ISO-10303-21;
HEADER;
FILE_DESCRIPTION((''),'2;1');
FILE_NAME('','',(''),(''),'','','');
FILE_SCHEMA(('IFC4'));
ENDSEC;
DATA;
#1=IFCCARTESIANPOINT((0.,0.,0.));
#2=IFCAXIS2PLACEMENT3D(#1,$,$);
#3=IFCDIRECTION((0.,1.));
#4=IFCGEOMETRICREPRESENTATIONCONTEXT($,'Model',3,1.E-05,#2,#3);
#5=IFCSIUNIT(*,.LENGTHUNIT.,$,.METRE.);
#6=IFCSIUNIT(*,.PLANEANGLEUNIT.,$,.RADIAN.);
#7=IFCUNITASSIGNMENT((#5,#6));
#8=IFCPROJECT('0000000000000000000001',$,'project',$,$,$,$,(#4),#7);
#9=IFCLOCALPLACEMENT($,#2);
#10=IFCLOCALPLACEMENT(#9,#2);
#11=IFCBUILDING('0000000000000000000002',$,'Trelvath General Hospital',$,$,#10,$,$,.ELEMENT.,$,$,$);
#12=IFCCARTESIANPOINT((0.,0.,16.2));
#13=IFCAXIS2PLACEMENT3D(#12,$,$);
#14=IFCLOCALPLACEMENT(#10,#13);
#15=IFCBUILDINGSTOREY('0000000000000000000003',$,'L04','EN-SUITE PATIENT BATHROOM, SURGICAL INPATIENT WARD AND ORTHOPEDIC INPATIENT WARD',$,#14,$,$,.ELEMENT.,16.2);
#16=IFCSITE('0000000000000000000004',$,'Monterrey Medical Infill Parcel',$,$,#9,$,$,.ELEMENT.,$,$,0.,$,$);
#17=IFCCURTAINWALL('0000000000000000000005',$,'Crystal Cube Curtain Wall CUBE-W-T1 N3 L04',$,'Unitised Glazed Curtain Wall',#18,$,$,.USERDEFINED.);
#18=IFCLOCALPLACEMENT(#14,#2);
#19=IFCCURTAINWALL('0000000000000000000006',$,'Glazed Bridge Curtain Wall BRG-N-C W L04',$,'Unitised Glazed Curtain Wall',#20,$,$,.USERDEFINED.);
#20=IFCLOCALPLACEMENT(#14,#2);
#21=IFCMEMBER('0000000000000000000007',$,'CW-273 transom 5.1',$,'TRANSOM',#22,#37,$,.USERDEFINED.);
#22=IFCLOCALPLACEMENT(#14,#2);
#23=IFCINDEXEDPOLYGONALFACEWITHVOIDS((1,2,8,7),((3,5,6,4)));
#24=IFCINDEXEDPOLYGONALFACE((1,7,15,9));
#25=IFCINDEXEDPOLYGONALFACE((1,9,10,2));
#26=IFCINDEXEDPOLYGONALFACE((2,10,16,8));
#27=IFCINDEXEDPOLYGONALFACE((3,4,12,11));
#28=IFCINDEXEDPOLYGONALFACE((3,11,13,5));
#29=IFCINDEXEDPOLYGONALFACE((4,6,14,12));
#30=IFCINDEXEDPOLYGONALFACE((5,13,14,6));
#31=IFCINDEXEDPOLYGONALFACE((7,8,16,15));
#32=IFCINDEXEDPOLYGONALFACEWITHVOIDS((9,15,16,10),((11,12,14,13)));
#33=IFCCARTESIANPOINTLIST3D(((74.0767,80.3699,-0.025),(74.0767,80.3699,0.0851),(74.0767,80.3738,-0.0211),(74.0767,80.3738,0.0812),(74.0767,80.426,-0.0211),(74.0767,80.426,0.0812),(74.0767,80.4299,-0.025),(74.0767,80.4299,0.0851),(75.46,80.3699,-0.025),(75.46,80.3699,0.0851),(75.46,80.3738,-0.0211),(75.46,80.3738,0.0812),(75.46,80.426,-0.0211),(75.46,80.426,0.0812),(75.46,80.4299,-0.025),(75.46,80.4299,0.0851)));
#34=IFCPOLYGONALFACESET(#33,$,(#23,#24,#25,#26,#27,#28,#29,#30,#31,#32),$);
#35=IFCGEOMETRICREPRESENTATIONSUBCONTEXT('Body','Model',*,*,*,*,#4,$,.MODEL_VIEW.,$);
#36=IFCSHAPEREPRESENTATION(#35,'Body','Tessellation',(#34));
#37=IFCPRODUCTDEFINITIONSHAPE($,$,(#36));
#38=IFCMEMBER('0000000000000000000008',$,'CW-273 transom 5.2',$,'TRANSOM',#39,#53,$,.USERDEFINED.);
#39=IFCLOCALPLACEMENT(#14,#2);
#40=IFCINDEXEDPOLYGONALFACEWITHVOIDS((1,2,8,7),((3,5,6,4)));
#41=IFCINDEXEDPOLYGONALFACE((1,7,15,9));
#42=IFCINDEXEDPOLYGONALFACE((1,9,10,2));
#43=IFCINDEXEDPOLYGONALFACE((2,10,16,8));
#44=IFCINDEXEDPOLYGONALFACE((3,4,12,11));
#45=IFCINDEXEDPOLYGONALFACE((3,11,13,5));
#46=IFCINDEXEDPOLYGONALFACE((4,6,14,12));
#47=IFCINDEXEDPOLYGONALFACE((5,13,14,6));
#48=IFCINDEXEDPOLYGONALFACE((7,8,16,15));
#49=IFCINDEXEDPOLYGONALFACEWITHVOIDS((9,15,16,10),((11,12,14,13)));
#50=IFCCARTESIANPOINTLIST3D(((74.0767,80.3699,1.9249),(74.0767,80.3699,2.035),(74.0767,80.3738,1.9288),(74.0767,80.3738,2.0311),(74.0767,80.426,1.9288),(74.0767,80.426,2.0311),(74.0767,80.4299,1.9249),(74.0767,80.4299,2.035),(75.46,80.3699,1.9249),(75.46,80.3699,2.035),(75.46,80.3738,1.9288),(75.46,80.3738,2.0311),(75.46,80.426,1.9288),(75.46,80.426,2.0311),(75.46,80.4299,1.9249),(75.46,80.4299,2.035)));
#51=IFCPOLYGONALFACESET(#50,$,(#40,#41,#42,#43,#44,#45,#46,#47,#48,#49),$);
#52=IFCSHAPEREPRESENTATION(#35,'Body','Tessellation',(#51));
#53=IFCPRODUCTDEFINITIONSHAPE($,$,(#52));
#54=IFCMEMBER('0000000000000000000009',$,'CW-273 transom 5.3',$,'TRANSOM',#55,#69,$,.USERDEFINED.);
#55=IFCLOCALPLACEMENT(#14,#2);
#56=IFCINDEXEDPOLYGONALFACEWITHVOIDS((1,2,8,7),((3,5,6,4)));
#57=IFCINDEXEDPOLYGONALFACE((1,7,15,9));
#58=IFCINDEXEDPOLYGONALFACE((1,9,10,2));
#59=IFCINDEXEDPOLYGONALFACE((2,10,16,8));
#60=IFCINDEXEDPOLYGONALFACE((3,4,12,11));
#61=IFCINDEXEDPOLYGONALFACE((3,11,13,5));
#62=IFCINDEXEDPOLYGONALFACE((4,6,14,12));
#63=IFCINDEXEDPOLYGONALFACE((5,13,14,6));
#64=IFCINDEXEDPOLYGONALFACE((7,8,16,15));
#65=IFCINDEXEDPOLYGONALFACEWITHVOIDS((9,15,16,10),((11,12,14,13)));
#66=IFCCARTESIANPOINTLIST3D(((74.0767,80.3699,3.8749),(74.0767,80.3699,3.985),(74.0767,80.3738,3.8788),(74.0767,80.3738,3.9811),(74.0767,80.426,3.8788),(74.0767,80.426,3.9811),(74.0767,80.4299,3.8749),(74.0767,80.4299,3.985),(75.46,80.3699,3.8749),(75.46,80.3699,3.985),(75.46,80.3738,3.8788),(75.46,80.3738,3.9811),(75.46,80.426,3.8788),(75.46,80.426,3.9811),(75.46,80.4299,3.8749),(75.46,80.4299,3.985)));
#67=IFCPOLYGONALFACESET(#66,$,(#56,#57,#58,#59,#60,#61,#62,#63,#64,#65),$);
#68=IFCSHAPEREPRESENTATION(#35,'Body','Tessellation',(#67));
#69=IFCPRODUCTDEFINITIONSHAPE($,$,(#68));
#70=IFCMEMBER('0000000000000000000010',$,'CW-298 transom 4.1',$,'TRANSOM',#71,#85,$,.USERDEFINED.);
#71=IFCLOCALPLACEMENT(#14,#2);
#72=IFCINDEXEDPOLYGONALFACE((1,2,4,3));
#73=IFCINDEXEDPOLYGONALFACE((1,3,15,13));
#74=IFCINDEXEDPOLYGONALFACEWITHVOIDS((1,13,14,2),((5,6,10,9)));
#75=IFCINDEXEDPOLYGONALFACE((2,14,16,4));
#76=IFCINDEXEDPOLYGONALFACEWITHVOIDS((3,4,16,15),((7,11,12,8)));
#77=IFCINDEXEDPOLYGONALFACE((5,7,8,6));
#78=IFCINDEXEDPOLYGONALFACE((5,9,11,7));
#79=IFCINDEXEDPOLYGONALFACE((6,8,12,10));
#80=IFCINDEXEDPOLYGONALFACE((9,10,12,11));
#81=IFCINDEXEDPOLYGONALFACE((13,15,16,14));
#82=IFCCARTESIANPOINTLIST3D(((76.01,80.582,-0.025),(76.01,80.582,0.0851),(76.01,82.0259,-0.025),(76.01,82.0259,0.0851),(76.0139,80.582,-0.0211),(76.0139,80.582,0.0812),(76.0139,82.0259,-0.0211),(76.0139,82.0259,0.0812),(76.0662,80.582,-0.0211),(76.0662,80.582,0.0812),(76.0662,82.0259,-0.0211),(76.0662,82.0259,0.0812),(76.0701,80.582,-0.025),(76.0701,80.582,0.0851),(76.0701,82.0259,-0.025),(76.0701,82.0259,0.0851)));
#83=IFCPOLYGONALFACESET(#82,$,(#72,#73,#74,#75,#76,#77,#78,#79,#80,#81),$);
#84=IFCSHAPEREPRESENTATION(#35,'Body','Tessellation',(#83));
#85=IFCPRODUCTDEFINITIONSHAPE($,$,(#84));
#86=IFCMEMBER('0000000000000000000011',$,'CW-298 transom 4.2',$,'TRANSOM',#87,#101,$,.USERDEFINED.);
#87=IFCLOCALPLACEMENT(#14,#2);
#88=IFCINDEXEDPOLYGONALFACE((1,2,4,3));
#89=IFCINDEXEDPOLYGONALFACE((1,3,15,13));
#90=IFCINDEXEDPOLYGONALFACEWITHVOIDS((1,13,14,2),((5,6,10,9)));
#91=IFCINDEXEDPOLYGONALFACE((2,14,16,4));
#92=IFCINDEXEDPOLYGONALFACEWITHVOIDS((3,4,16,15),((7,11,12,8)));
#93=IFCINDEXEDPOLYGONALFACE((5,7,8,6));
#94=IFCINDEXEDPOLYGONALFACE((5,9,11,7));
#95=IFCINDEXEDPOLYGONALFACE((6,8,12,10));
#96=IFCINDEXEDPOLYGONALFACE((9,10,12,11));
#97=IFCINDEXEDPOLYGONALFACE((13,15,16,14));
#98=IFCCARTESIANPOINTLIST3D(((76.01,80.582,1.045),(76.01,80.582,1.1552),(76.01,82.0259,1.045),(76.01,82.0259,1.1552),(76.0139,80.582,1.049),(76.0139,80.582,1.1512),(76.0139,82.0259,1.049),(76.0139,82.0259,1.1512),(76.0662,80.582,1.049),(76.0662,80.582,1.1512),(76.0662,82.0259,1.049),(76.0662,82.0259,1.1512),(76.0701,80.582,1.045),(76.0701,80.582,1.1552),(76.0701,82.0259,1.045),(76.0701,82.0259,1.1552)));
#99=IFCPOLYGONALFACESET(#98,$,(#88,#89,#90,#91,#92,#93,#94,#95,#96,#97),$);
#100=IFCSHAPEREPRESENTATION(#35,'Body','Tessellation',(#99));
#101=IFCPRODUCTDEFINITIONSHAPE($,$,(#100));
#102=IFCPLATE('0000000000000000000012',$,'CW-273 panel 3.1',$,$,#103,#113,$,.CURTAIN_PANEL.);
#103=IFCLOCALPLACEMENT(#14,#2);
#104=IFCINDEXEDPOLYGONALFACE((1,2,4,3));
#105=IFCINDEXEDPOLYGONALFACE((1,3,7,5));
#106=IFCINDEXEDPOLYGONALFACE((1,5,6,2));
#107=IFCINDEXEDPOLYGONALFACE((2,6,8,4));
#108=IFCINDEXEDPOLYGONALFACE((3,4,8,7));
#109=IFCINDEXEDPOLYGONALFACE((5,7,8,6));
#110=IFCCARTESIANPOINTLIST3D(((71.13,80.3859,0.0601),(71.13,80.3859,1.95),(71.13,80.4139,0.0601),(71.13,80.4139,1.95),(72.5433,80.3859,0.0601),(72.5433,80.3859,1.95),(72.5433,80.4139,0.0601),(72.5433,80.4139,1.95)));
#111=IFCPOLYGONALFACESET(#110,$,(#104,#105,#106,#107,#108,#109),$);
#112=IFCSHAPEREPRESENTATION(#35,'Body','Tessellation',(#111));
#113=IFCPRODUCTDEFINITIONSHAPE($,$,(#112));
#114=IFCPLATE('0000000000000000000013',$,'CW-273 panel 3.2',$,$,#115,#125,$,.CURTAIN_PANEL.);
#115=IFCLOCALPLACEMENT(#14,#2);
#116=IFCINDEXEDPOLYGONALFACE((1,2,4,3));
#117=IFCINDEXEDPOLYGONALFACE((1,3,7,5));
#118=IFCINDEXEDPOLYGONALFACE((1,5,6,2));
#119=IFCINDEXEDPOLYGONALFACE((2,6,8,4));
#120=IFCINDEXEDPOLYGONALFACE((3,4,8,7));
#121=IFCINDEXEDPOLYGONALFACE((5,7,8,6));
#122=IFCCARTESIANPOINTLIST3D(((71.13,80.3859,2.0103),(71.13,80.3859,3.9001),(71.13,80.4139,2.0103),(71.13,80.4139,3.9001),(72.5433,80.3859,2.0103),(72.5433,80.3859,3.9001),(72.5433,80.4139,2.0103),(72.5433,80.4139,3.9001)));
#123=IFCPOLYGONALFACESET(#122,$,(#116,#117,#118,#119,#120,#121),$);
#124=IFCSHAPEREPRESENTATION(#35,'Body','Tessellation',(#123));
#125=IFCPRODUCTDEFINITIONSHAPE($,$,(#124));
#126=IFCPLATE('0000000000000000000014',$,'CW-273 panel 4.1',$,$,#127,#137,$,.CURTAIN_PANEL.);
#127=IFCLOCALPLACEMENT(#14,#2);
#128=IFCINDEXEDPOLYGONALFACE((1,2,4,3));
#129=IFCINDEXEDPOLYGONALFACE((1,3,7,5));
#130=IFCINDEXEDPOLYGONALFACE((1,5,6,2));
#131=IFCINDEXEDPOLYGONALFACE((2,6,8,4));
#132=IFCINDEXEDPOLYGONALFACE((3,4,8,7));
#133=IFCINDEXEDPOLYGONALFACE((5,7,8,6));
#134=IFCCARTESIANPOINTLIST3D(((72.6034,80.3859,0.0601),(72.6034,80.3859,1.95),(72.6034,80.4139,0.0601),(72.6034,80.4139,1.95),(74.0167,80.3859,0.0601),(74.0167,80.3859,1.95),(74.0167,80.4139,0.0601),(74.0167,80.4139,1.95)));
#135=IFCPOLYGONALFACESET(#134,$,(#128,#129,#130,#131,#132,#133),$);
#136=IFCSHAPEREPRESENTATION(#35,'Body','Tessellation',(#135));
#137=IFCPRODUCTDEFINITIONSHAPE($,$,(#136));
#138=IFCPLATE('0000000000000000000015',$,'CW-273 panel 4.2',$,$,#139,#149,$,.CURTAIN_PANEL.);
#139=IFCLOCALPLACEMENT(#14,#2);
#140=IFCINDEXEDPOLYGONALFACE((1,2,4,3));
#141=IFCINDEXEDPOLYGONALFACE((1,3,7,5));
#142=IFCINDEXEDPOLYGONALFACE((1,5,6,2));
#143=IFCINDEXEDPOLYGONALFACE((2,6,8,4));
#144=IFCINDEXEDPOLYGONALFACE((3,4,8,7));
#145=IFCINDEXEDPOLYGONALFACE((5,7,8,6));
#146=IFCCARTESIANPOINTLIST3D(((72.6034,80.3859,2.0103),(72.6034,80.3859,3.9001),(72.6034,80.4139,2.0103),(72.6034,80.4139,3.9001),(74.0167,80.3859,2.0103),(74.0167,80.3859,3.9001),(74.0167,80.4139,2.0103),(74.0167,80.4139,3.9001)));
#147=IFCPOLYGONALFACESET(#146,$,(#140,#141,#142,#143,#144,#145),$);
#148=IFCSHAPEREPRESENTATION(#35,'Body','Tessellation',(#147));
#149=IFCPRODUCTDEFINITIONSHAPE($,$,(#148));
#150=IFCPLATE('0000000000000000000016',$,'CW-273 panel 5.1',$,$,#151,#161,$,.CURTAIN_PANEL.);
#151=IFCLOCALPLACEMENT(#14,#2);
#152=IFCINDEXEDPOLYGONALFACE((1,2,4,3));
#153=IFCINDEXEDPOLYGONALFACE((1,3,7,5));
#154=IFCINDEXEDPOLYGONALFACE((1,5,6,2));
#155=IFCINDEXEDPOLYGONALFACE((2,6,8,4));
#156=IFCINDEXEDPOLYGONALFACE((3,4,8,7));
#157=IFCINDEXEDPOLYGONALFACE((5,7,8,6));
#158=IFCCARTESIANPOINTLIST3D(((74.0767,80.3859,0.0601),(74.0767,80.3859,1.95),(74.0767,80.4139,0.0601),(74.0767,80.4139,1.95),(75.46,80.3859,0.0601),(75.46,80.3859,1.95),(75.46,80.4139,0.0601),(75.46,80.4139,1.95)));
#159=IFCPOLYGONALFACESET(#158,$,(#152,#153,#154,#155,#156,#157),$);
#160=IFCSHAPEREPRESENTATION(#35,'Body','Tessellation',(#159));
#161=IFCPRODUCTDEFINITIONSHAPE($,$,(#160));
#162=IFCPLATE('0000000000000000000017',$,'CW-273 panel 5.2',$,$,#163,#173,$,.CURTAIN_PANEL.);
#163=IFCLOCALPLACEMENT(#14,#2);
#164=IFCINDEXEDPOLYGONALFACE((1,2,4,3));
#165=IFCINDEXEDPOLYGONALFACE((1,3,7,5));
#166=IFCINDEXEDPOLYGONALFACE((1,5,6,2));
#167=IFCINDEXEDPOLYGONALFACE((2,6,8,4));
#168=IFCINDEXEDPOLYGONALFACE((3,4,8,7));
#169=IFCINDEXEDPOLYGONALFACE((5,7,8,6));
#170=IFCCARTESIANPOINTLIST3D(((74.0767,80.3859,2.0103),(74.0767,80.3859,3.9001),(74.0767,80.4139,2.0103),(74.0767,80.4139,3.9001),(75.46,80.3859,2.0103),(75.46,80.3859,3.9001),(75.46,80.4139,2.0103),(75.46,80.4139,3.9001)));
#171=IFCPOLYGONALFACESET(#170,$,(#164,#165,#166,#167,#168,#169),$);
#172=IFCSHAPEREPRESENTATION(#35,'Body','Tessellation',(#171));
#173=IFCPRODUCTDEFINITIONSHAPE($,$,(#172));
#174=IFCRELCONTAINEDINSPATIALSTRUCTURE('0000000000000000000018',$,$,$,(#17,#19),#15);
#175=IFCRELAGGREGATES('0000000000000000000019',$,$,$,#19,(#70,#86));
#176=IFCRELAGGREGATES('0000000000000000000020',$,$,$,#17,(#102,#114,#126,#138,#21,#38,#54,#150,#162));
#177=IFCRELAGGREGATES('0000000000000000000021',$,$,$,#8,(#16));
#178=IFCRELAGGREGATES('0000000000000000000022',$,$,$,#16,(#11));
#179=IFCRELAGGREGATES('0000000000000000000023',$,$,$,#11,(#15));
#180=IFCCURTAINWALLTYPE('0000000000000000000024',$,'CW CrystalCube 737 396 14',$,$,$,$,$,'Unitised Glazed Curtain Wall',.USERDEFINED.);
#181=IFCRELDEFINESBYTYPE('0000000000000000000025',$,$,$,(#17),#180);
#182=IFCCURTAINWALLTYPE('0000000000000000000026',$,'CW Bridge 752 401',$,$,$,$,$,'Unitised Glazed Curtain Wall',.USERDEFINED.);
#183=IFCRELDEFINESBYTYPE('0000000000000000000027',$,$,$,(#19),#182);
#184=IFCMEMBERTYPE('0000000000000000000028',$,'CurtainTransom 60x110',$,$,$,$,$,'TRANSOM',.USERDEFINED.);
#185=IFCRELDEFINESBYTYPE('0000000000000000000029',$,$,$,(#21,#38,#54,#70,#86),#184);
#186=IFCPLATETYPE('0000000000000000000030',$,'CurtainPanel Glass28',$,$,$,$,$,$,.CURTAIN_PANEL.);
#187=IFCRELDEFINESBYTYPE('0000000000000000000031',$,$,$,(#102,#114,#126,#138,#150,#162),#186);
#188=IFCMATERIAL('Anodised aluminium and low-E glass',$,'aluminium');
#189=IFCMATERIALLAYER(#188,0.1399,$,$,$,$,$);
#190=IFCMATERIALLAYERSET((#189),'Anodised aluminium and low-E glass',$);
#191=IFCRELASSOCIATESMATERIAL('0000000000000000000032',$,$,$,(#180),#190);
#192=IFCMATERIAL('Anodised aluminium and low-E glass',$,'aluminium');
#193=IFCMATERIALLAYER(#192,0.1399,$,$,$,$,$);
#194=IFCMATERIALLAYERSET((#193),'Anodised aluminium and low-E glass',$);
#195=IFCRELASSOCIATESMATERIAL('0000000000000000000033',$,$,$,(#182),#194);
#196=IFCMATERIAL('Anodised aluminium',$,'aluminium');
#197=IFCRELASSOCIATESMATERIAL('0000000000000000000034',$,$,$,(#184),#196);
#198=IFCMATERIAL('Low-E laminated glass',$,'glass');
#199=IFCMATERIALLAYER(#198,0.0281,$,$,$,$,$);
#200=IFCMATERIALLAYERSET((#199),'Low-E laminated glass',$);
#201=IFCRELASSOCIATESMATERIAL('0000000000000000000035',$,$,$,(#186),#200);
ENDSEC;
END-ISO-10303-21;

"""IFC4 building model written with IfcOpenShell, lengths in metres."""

from ifc_helpers import new_model, si_unit, direction, frame, origin, origin_2d, place, context, subcontext, project, spatial, rectangle, hollow_rectangle, extrude, material, layer, layer_set, material_profile, profile_set, type_object, element, aggregate, save


model = new_model("IFC4")

# Units and contexts
model_context = context("Model", 3, precision=1e-05, world=origin(), true_north=direction((0.0, 1.0)))
body_context = subcontext(model_context, "Body", "Model", "MODEL_VIEW")
ifc_project = project(units=[si_unit("LENGTHUNIT", "METRE"), si_unit("PLANEANGLEUNIT", "RADIAN")], contexts=[model_context])

# Site, building, storey
site_placement = place(None, origin())
site = spatial("IfcSite", under=ifc_project, at=site_placement, Name="Monterrey Medical Infill Parcel", CompositionType="ELEMENT", RefElevation=0.0)
building_placement = place(site_placement, origin())
building = spatial("IfcBuilding", under=site, at=building_placement, Name="Trelvath General Hospital", CompositionType="ELEMENT")
storey_placement = place(building_placement, frame((0.0, 0.0, 16.2)))
storey = spatial("IfcBuildingStorey", under=building, at=storey_placement, Name="L04", Description="EN-SUITE PATIENT BATHROOM, SURGICAL INPATIENT WARD AND ORTHOPEDIC INPATIENT WARD", CompositionType="ELEMENT", Elevation=16.2)

# Curtain wall
ifc_material_1 = material(Name="Anodised aluminium and low-E glass", Category="aluminium")
ifc_layer_1 = layer(ifc_material_1, 0.1399)
ifc_layer_set_1 = layer_set([ifc_layer_1], Name="Anodised aluminium and low-E glass")
curtain_wall_type_1 = type_object("IfcCurtainWallType", Name="CW CrystalCube 737 396 14", ElementType="Unitised Glazed Curtain Wall", PredefinedType="USERDEFINED", material=ifc_layer_set_1)
curtain_wall_1_placement = place(storey_placement, origin())
curtain_wall_1 = element("IfcCurtainWall", 1, at=curtain_wall_1_placement, inside=storey, type_object=curtain_wall_type_1, Name="Crystal Cube Curtain Wall CUBE-W-T1 N3 L04", ObjectType="Unitised Glazed Curtain Wall", PredefinedType="USERDEFINED")

# Curtain wall
ifc_material_2 = material(Name="Anodised aluminium and low-E glass", Category="aluminium")
ifc_layer_2 = layer(ifc_material_2, 0.1399)
ifc_layer_set_2 = layer_set([ifc_layer_2], Name="Anodised aluminium and low-E glass")
curtain_wall_type_2 = type_object("IfcCurtainWallType", Name="CW Bridge 752 401", ElementType="Unitised Glazed Curtain Wall", PredefinedType="USERDEFINED", material=ifc_layer_set_2)
curtain_wall_2_placement = place(storey_placement, origin())
curtain_wall_2 = element("IfcCurtainWall", 2, at=curtain_wall_2_placement, inside=storey, type_object=curtain_wall_type_2, Name="Glazed Bridge Curtain Wall BRG-N-C W L04", ObjectType="Unitised Glazed Curtain Wall", PredefinedType="USERDEFINED")

# Members
ifc_material_3 = material(Name="Anodised aluminium", Category="aluminium")
ifc_material_profile_1 = material_profile(ifc_material_3, hollow_rectangle(XDim=0.0601, YDim=0.1101, WallThickness=0.0039, at=origin_2d()), Name="RHS60x110x4")
ifc_profile_set_1 = profile_set([ifc_material_profile_1], Name="Anodised aluminium")
member_type_1 = type_object("IfcMemberType", Name="CurtainTransom 60x110", ElementType="TRANSOM", PredefinedType="USERDEFINED", material=ifc_profile_set_1)
member_1_placement = place(storey_placement, frame((74.0767, 80.3999, 0.03), z_axis=(1.0, 0.0, 0.0), x_axis=(0.0, 1.0, 0.0)))
member_1 = element("IfcMember", 3, at=member_1_placement, type_object=member_type_1, Name="CW-273 transom 5.1", ObjectType="TRANSOM", PredefinedType="USERDEFINED", context=body_context, shape_type="SweptSolid", body=[
    extrude(hollow_rectangle(XDim=0.0601, YDim=0.1101, WallThickness=0.0039, at=origin_2d()), origin(), (0.0, 0.0, 1.0), 1.3833),
])
member_2_placement = place(storey_placement, frame((74.0767, 80.3999, 1.98), z_axis=(1.0, 0.0, 0.0), x_axis=(0.0, 1.0, 0.0)))
member_2 = element("IfcMember", 4, at=member_2_placement, type_object=member_type_1, Name="CW-273 transom 5.2", ObjectType="TRANSOM", PredefinedType="USERDEFINED", context=body_context, shape_type="SweptSolid", body=[
    extrude(hollow_rectangle(XDim=0.0601, YDim=0.1101, WallThickness=0.0039, at=origin_2d()), origin(), (0.0, 0.0, 1.0), 1.3833),
])
member_3_placement = place(storey_placement, frame((74.0767, 80.3999, 3.9299), z_axis=(1.0, 0.0, 0.0), x_axis=(0.0, 1.0, 0.0)))
member_3 = element("IfcMember", 5, at=member_3_placement, type_object=member_type_1, Name="CW-273 transom 5.3", ObjectType="TRANSOM", PredefinedType="USERDEFINED", context=body_context, shape_type="SweptSolid", body=[
    extrude(hollow_rectangle(XDim=0.0601, YDim=0.1101, WallThickness=0.0039, at=origin_2d()), origin(), (0.0, 0.0, 1.0), 1.3833),
])
member_4_placement = place(storey_placement, frame((76.04, 80.582, 0.03), z_axis=(0.0, 1.0, 0.0), x_axis=(-1.0, 0.0, 0.0)))
member_4 = element("IfcMember", 6, at=member_4_placement, type_object=member_type_1, Name="CW-298 transom 4.1", ObjectType="TRANSOM", PredefinedType="USERDEFINED", context=body_context, shape_type="SweptSolid", body=[
    extrude(hollow_rectangle(XDim=0.0601, YDim=0.1101, WallThickness=0.0039, at=origin_2d()), origin(), (0.0, 0.0, 1.0), 1.4438),
])
member_5_placement = place(storey_placement, frame((76.04, 80.582, 1.1001), z_axis=(0.0, 1.0, 0.0), x_axis=(-1.0, 0.0, 0.0)))
member_5 = element("IfcMember", 7, at=member_5_placement, type_object=member_type_1, Name="CW-298 transom 4.2", ObjectType="TRANSOM", PredefinedType="USERDEFINED", context=body_context, shape_type="SweptSolid", body=[
    extrude(hollow_rectangle(XDim=0.0601, YDim=0.1101, WallThickness=0.0039, at=origin_2d()), origin(), (0.0, 0.0, 1.0), 1.4438),
])
aggregate(curtain_wall_2, [member_4, member_5])

# Plates
ifc_material_4 = material(Name="Low-E laminated glass", Category="glass")
ifc_layer_3 = layer(ifc_material_4, 0.0281)
ifc_layer_set_3 = layer_set([ifc_layer_3], Name="Low-E laminated glass")
plate_type = type_object("IfcPlateType", Name="CurtainPanel Glass28", PredefinedType="CURTAIN_PANEL", material=ifc_layer_set_3)
plate_1_placement = place(storey_placement, frame((71.8367, 80.3999, 0.0601), z_axis=(0.0, 0.0, 1.0), x_axis=(1.0, 0.0, 0.0)))
plate_1 = element("IfcPlate", 8, at=plate_1_placement, type_object=plate_type, Name="CW-273 panel 3.1", PredefinedType="CURTAIN_PANEL", context=body_context, shape_type="SweptSolid", body=[
    extrude(rectangle(XDim=1.4133, YDim=0.0281, at=origin_2d()), origin(), (0.0, 0.0, 1.0), 1.8899),
])
plate_2_placement = place(storey_placement, frame((71.8367, 80.3999, 2.0103), z_axis=(0.0, 0.0, 1.0), x_axis=(1.0, 0.0, 0.0)))
plate_2 = element("IfcPlate", 9, at=plate_2_placement, type_object=plate_type, Name="CW-273 panel 3.2", PredefinedType="CURTAIN_PANEL", context=body_context, shape_type="SweptSolid", body=[
    extrude(rectangle(XDim=1.4133, YDim=0.0281, at=origin_2d()), origin(), (0.0, 0.0, 1.0), 1.8899),
])
plate_3_placement = place(storey_placement, frame((73.3101, 80.3999, 0.0601), z_axis=(0.0, 0.0, 1.0), x_axis=(1.0, 0.0, 0.0)))
plate_3 = element("IfcPlate", 10, at=plate_3_placement, type_object=plate_type, Name="CW-273 panel 4.1", PredefinedType="CURTAIN_PANEL", context=body_context, shape_type="SweptSolid", body=[
    extrude(rectangle(XDim=1.4133, YDim=0.0281, at=origin_2d()), origin(), (0.0, 0.0, 1.0), 1.8899),
])
plate_4_placement = place(storey_placement, frame((73.3101, 80.3999, 2.0103), z_axis=(0.0, 0.0, 1.0), x_axis=(1.0, 0.0, 0.0)))
plate_4 = element("IfcPlate", 11, at=plate_4_placement, type_object=plate_type, Name="CW-273 panel 4.2", PredefinedType="CURTAIN_PANEL", context=body_context, shape_type="SweptSolid", body=[
    extrude(rectangle(XDim=1.4133, YDim=0.0281, at=origin_2d()), origin(), (0.0, 0.0, 1.0), 1.8899),
])
plate_5_placement = place(storey_placement, frame((74.7683, 80.3999, 0.0601), z_axis=(0.0, 0.0, 1.0), x_axis=(1.0, 0.0, 0.0)))
plate_5 = element("IfcPlate", 12, at=plate_5_placement, type_object=plate_type, Name="CW-273 panel 5.1", PredefinedType="CURTAIN_PANEL", context=body_context, shape_type="SweptSolid", body=[
    extrude(rectangle(XDim=1.3833, YDim=0.0281, at=origin_2d()), origin(), (0.0, 0.0, 1.0), 1.8899),
])
plate_6_placement = place(storey_placement, frame((74.7683, 80.3999, 2.0103), z_axis=(0.0, 0.0, 1.0), x_axis=(1.0, 0.0, 0.0)))
plate_6 = element("IfcPlate", 13, at=plate_6_placement, type_object=plate_type, Name="CW-273 panel 5.2", PredefinedType="CURTAIN_PANEL", context=body_context, shape_type="SweptSolid", body=[
    extrude(rectangle(XDim=1.3833, YDim=0.0281, at=origin_2d()), origin(), (0.0, 0.0, 1.0), 1.8899),
])
aggregate(curtain_wall_1, [plate_1, plate_2, plate_3, plate_4, member_1, member_2, member_3, plate_5, plate_6])

save(model, "model.ifc")
